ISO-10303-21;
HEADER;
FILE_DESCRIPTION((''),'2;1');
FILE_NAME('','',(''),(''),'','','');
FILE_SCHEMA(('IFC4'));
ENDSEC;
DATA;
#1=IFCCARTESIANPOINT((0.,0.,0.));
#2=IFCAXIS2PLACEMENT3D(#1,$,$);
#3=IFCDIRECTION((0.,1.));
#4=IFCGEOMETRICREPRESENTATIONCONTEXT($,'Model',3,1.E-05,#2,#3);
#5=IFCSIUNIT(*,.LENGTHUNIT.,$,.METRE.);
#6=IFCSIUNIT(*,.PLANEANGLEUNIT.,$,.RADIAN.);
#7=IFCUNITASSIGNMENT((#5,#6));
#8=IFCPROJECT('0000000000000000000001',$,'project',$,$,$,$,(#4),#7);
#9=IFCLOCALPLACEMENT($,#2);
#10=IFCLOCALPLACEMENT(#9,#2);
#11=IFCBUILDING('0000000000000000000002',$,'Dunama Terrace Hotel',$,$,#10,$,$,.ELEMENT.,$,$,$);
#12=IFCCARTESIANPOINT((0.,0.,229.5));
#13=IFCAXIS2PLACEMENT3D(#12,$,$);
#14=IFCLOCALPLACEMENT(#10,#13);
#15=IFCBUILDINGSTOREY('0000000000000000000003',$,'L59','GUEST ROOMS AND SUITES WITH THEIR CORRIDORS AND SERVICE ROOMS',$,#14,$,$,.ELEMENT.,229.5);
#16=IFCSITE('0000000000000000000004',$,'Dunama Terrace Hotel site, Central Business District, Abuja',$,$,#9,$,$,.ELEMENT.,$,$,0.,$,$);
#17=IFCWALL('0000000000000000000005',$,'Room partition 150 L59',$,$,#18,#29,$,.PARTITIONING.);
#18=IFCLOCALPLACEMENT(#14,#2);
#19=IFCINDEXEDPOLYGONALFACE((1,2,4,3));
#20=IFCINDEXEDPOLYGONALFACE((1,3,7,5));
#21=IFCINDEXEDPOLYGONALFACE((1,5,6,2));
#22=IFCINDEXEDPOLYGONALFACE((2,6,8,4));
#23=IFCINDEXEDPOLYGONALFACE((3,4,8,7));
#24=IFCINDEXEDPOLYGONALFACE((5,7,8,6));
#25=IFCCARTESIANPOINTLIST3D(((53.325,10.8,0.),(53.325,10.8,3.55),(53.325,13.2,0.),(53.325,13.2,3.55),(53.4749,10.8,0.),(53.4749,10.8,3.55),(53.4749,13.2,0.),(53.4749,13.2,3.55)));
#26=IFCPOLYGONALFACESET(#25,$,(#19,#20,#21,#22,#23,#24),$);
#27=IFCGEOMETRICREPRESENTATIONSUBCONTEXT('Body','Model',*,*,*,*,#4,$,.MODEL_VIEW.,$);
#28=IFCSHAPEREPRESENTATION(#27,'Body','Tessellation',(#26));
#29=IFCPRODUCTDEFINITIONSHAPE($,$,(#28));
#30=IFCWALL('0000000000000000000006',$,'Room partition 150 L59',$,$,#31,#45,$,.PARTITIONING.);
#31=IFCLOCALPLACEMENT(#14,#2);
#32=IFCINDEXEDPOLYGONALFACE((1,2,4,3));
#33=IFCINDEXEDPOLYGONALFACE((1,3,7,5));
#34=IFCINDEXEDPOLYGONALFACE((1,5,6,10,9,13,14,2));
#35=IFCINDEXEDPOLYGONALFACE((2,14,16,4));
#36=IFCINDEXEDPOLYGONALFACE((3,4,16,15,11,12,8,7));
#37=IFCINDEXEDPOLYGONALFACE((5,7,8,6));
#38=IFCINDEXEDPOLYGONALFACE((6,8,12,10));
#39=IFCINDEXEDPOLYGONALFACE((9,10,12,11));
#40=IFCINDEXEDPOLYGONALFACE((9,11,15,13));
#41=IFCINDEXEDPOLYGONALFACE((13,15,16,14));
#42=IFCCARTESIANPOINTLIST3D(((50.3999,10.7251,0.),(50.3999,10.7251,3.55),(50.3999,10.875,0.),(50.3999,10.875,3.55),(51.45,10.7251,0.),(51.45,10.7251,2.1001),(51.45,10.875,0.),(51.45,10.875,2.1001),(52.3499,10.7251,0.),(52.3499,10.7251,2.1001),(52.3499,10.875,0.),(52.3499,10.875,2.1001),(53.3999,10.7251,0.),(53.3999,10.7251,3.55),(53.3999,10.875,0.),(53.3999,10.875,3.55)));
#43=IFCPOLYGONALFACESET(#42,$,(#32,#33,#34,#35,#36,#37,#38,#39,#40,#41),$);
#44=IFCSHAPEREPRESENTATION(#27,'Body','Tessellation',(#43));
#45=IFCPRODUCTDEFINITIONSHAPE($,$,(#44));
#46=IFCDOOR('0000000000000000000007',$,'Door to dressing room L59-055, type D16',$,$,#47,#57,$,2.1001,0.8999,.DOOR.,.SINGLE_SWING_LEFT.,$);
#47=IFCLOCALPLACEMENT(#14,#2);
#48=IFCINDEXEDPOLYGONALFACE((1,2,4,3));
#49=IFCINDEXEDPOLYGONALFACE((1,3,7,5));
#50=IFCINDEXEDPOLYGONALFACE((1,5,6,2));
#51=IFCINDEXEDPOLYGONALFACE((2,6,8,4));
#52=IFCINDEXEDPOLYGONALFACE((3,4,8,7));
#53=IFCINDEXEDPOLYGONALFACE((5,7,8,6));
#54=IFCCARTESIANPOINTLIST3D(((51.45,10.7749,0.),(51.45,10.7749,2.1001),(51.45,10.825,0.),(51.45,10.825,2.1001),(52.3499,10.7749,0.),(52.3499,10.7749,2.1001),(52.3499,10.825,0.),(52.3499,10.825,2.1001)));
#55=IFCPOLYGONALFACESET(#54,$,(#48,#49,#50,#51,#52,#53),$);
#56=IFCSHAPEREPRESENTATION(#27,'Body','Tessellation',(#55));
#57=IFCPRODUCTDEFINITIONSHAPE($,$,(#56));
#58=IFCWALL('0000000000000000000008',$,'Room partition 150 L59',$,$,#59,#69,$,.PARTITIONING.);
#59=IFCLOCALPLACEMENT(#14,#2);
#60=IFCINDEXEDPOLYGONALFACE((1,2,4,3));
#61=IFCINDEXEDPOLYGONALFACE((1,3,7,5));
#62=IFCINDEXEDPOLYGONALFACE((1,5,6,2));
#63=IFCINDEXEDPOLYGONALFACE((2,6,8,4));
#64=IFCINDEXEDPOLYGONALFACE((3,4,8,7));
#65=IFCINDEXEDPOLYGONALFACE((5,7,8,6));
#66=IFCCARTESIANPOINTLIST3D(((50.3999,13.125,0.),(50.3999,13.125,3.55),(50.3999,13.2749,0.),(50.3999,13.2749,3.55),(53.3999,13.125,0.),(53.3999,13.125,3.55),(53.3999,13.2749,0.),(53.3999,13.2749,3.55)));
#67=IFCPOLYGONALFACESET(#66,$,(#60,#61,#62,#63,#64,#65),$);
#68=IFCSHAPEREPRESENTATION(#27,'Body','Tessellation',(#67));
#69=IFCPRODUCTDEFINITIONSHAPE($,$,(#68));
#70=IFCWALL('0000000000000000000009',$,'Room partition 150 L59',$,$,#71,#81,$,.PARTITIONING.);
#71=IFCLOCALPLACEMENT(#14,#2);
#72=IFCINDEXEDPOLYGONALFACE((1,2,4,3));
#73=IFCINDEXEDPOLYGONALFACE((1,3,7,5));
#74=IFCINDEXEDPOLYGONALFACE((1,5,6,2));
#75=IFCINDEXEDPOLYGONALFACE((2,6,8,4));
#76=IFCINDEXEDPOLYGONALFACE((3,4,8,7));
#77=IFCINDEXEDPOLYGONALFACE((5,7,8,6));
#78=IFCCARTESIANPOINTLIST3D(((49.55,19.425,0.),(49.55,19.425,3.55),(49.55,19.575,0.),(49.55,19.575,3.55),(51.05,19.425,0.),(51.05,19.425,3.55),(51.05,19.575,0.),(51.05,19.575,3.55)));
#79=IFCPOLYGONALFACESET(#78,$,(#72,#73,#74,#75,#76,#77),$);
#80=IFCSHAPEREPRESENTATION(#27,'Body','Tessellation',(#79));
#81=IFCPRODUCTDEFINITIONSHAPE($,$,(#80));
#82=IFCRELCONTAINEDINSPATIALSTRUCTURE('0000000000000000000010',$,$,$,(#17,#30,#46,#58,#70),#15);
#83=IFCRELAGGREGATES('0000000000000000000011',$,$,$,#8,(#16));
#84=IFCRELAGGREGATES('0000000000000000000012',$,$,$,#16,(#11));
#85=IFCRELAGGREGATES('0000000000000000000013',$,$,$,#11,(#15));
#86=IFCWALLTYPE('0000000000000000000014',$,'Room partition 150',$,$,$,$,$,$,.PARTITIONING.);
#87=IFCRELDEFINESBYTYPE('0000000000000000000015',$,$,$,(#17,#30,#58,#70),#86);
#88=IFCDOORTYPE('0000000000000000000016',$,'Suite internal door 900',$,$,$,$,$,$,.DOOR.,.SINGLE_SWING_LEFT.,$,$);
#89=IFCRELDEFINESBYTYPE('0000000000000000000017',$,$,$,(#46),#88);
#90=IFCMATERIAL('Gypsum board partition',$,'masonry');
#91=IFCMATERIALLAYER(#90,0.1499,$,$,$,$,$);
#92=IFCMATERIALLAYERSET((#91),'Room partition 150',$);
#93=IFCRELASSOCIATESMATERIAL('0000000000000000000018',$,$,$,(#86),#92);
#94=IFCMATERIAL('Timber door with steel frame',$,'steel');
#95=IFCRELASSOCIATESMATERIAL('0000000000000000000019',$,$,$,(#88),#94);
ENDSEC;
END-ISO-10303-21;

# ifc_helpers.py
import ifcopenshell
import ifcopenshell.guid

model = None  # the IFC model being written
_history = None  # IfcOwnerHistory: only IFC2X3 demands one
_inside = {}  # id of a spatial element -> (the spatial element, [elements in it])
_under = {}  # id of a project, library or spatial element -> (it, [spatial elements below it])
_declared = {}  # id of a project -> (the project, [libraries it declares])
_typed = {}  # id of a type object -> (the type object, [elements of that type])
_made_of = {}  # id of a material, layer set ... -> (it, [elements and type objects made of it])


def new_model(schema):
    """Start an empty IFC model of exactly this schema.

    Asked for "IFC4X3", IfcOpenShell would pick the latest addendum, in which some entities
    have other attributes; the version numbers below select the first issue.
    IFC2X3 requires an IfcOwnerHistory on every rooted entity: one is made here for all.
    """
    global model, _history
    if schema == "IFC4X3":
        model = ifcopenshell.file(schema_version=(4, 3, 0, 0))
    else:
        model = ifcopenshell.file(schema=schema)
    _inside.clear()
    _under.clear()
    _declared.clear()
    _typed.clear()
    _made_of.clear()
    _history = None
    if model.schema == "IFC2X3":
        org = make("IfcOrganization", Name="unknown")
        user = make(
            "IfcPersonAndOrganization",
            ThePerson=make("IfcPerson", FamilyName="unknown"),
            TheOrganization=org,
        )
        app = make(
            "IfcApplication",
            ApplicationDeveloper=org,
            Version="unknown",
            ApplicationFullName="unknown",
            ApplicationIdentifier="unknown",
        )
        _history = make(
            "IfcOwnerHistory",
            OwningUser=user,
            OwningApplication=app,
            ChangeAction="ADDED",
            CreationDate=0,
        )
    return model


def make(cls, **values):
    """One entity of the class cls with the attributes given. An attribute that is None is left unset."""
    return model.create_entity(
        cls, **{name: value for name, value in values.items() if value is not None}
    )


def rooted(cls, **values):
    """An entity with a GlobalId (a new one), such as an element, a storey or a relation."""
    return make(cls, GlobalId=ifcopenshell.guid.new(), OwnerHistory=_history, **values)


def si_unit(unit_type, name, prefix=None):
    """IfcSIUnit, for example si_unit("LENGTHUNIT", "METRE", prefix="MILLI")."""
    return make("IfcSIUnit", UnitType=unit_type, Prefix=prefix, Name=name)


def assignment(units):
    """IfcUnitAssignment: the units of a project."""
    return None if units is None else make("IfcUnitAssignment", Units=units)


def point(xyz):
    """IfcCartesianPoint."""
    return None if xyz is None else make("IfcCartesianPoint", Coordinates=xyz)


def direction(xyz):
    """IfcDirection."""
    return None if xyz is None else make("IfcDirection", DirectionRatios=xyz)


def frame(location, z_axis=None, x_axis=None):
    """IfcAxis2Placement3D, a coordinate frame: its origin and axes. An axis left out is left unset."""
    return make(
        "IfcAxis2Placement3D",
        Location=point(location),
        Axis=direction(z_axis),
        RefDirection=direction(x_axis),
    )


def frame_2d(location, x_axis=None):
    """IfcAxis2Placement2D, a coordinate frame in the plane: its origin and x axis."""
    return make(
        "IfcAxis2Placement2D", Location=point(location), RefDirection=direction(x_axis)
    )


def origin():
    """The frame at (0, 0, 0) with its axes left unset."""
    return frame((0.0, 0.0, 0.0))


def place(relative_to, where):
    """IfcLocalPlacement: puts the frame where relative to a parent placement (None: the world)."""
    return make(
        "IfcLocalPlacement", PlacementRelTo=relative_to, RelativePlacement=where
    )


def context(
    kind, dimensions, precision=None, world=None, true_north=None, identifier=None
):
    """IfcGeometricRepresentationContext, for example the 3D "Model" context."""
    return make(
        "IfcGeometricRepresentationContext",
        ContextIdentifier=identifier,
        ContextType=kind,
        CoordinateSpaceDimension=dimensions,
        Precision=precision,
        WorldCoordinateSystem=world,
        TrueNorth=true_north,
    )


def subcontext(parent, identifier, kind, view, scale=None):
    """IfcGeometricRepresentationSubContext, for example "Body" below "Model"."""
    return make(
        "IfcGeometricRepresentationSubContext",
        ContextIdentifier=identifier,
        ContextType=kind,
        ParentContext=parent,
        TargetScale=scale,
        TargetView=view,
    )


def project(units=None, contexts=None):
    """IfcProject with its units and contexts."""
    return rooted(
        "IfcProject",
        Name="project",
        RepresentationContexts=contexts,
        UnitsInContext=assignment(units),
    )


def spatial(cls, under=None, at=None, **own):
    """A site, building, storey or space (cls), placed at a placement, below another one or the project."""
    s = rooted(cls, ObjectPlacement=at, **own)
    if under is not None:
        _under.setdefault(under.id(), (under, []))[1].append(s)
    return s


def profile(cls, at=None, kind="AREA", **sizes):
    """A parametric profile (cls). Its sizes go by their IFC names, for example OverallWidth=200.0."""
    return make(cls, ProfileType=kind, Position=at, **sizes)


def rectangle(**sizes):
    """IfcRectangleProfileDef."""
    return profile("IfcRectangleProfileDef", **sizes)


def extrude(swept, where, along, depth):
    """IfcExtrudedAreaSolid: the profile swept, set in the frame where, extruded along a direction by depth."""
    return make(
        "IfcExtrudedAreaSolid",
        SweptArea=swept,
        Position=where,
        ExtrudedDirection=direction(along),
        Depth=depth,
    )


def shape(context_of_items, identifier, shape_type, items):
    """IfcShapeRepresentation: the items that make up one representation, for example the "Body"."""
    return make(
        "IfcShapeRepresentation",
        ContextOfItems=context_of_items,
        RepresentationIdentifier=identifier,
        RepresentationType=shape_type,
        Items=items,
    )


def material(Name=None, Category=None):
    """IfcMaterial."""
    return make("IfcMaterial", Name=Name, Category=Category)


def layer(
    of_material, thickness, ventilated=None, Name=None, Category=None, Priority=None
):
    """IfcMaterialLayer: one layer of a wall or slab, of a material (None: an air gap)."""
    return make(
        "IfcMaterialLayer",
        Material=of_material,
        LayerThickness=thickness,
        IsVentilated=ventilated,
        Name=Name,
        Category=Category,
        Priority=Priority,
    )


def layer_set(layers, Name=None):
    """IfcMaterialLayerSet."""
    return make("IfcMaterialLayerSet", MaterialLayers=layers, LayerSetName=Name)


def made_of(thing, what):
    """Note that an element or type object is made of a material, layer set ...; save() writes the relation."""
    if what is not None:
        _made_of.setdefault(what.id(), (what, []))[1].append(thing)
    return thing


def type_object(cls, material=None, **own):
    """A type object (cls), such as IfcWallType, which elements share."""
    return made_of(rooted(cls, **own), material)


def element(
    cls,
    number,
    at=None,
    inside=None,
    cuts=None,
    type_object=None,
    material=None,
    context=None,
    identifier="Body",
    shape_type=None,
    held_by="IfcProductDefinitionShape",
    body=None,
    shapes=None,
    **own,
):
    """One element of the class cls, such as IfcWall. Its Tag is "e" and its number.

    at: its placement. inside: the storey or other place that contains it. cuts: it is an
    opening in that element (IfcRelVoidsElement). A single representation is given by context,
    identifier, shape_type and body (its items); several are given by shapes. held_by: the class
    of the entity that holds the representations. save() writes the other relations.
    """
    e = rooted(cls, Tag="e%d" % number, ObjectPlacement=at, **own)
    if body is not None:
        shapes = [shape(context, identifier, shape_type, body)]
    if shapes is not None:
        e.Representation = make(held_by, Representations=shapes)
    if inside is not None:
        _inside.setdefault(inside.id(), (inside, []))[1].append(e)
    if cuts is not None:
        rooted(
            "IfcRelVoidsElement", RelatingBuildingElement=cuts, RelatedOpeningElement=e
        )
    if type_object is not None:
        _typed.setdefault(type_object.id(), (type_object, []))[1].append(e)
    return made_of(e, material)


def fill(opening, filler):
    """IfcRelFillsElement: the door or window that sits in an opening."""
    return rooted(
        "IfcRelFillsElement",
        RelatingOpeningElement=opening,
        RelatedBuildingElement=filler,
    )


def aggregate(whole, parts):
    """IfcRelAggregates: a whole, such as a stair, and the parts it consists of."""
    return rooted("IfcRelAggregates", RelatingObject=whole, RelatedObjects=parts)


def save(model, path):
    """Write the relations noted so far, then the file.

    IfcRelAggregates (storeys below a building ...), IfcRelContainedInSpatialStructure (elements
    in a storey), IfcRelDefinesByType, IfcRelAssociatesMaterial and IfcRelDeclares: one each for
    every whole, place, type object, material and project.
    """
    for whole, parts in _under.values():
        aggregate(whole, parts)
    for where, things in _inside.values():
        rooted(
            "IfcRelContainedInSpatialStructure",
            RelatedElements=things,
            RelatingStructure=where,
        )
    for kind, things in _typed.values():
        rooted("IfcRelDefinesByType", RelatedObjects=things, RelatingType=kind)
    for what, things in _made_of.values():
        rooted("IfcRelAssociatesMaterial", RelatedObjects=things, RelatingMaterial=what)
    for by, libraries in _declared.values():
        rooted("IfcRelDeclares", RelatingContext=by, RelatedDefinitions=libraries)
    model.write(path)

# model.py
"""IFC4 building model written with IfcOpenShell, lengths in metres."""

from ifc_helpers import new_model, si_unit, direction, frame, frame_2d, origin, place, context, subcontext, project, spatial, rectangle, extrude, material, layer, layer_set, type_object, element, fill, save


model = new_model("IFC4")

# Units and contexts
model_context = context("Model", 3, precision=1e-05, world=origin(), true_north=direction((0.0, 1.0)))
body_context = subcontext(model_context, "Body", "Model", "MODEL_VIEW")
ifc_project = project(units=[si_unit("LENGTHUNIT", "METRE"), si_unit("PLANEANGLEUNIT", "RADIAN")], contexts=[model_context])

# Site, building, storey
site_placement = place(None, origin())
site = spatial("IfcSite", under=ifc_project, at=site_placement, Name="Dunama Terrace Hotel site, Central Business District, Abuja", CompositionType="ELEMENT", RefElevation=0.0)
building_placement = place(site_placement, origin())
building = spatial("IfcBuilding", under=site, at=building_placement, Name="Dunama Terrace Hotel", CompositionType="ELEMENT")
storey_placement = place(building_placement, frame((0.0, 0.0, 229.5)))
storey = spatial("IfcBuildingStorey", under=building, at=storey_placement, Name="L59", Description="GUEST ROOMS AND SUITES WITH THEIR CORRIDORS AND SERVICE ROOMS", CompositionType="ELEMENT", Elevation=229.5)

# Shared definitions
ifc_material_1 = material(Name="Gypsum board partition", Category="masonry")
ifc_layer_1 = layer(ifc_material_1, 0.1499)
ifc_layer_set_1 = layer_set([ifc_layer_1], Name="Room partition 150")
wall_type_1 = type_object("IfcWallType", Name="Room partition 150", PredefinedType="PARTITIONING", material=ifc_layer_set_1)

# Shared definitions
ifc_material_2 = material(Name="Timber door with steel frame", Category="steel")
door_type_1 = type_object("IfcDoorType", Name="Suite internal door 900", OperationType="SINGLE_SWING_LEFT", PredefinedType="DOOR", material=ifc_material_2)

# Wall
wall_1_placement = place(storey_placement, frame((53.3999, 10.8, 0.0), z_axis=(0.0, 0.0, 1.0), x_axis=(0.0, 1.0, 0.0)))
element("IfcWall", 1, at=wall_1_placement, inside=storey, type_object=wall_type_1, Name="Room partition 150 L59", PredefinedType="PARTITIONING", context=body_context, shape_type="SweptSolid", body=[
    extrude(rectangle(XDim=2.3999, YDim=0.1499, at=frame_2d((1.2, 0.0))), origin(), (0.0, 0.0, 1.0), 3.55),
])

# Wall, opening, door
wall_2_placement = place(storey_placement, frame((50.3999, 10.8, 0.0), z_axis=(0.0, 0.0, 1.0), x_axis=(1.0, 0.0, 0.0)))
wall_2 = element("IfcWall", 2, at=wall_2_placement, inside=storey, type_object=wall_type_1, Name="Room partition 150 L59", PredefinedType="PARTITIONING", context=body_context, shape_type="SweptSolid", body=[
    extrude(rectangle(XDim=3.0, YDim=0.1499, at=frame_2d((1.5, 0.0))), origin(), (0.0, 0.0, 1.0), 3.55),
])
opening_1_placement = place(wall_2_placement, frame((1.05, 0.0, 0.0)))
opening_1 = element("IfcOpeningElement", 3, at=opening_1_placement, cuts=wall_2, PredefinedType="OPENING", context=body_context, shape_type="SweptSolid", body=[
    extrude(rectangle(XDim=0.8999, YDim=2.1001, at=frame_2d((0.45, 1.05))), frame((0.0, 0.085, 0.0), z_axis=(0.0, -1.0, 0.0), x_axis=(1.0, 0.0, 0.0)), (0.0, 0.0, 1.0), 0.1699),
])
door_1_placement = place(opening_1_placement, origin())
door_1 = element("IfcDoor", 4, at=door_1_placement, inside=storey, type_object=door_type_1, Name="Door to dressing room L59-055, type D16", OperationType="SINGLE_SWING_LEFT", OverallHeight=2.1001, OverallWidth=0.8999, PredefinedType="DOOR", context=body_context, shape_type="SweptSolid", body=[
    extrude(rectangle(XDim=0.8999, YDim=2.1001, at=frame_2d((0.45, 1.05))), frame((0.0, 0.0249, 0.0), z_axis=(0.0, -1.0, 0.0), x_axis=(1.0, 0.0, 0.0)), (0.0, 0.0, 1.0), 0.05),
])
fill(opening_1, door_1)

# Walls
wall_3_placement = place(storey_placement, frame((50.3999, 13.2, 0.0), z_axis=(0.0, 0.0, 1.0), x_axis=(1.0, 0.0, 0.0)))
element("IfcWall", 5, at=wall_3_placement, inside=storey, type_object=wall_type_1, Name="Room partition 150 L59", PredefinedType="PARTITIONING", context=body_context, shape_type="SweptSolid", body=[
    extrude(rectangle(XDim=3.0, YDim=0.1499, at=frame_2d((1.5, 0.0))), origin(), (0.0, 0.0, 1.0), 3.55),
])
wall_4_placement = place(storey_placement, frame((49.55, 19.5, 0.0), z_axis=(0.0, 0.0, 1.0), x_axis=(1.0, 0.0, 0.0)))
element("IfcWall", 6, at=wall_4_placement, inside=storey, type_object=wall_type_1, Name="Room partition 150 L59", PredefinedType="PARTITIONING", context=body_context, shape_type="SweptSolid", body=[
    extrude(rectangle(XDim=1.5, YDim=0.1499, at=frame_2d((0.75, 0.0))), origin(), (0.0, 0.0, 1.0), 3.55),
])

save(model, "model.ifc")
